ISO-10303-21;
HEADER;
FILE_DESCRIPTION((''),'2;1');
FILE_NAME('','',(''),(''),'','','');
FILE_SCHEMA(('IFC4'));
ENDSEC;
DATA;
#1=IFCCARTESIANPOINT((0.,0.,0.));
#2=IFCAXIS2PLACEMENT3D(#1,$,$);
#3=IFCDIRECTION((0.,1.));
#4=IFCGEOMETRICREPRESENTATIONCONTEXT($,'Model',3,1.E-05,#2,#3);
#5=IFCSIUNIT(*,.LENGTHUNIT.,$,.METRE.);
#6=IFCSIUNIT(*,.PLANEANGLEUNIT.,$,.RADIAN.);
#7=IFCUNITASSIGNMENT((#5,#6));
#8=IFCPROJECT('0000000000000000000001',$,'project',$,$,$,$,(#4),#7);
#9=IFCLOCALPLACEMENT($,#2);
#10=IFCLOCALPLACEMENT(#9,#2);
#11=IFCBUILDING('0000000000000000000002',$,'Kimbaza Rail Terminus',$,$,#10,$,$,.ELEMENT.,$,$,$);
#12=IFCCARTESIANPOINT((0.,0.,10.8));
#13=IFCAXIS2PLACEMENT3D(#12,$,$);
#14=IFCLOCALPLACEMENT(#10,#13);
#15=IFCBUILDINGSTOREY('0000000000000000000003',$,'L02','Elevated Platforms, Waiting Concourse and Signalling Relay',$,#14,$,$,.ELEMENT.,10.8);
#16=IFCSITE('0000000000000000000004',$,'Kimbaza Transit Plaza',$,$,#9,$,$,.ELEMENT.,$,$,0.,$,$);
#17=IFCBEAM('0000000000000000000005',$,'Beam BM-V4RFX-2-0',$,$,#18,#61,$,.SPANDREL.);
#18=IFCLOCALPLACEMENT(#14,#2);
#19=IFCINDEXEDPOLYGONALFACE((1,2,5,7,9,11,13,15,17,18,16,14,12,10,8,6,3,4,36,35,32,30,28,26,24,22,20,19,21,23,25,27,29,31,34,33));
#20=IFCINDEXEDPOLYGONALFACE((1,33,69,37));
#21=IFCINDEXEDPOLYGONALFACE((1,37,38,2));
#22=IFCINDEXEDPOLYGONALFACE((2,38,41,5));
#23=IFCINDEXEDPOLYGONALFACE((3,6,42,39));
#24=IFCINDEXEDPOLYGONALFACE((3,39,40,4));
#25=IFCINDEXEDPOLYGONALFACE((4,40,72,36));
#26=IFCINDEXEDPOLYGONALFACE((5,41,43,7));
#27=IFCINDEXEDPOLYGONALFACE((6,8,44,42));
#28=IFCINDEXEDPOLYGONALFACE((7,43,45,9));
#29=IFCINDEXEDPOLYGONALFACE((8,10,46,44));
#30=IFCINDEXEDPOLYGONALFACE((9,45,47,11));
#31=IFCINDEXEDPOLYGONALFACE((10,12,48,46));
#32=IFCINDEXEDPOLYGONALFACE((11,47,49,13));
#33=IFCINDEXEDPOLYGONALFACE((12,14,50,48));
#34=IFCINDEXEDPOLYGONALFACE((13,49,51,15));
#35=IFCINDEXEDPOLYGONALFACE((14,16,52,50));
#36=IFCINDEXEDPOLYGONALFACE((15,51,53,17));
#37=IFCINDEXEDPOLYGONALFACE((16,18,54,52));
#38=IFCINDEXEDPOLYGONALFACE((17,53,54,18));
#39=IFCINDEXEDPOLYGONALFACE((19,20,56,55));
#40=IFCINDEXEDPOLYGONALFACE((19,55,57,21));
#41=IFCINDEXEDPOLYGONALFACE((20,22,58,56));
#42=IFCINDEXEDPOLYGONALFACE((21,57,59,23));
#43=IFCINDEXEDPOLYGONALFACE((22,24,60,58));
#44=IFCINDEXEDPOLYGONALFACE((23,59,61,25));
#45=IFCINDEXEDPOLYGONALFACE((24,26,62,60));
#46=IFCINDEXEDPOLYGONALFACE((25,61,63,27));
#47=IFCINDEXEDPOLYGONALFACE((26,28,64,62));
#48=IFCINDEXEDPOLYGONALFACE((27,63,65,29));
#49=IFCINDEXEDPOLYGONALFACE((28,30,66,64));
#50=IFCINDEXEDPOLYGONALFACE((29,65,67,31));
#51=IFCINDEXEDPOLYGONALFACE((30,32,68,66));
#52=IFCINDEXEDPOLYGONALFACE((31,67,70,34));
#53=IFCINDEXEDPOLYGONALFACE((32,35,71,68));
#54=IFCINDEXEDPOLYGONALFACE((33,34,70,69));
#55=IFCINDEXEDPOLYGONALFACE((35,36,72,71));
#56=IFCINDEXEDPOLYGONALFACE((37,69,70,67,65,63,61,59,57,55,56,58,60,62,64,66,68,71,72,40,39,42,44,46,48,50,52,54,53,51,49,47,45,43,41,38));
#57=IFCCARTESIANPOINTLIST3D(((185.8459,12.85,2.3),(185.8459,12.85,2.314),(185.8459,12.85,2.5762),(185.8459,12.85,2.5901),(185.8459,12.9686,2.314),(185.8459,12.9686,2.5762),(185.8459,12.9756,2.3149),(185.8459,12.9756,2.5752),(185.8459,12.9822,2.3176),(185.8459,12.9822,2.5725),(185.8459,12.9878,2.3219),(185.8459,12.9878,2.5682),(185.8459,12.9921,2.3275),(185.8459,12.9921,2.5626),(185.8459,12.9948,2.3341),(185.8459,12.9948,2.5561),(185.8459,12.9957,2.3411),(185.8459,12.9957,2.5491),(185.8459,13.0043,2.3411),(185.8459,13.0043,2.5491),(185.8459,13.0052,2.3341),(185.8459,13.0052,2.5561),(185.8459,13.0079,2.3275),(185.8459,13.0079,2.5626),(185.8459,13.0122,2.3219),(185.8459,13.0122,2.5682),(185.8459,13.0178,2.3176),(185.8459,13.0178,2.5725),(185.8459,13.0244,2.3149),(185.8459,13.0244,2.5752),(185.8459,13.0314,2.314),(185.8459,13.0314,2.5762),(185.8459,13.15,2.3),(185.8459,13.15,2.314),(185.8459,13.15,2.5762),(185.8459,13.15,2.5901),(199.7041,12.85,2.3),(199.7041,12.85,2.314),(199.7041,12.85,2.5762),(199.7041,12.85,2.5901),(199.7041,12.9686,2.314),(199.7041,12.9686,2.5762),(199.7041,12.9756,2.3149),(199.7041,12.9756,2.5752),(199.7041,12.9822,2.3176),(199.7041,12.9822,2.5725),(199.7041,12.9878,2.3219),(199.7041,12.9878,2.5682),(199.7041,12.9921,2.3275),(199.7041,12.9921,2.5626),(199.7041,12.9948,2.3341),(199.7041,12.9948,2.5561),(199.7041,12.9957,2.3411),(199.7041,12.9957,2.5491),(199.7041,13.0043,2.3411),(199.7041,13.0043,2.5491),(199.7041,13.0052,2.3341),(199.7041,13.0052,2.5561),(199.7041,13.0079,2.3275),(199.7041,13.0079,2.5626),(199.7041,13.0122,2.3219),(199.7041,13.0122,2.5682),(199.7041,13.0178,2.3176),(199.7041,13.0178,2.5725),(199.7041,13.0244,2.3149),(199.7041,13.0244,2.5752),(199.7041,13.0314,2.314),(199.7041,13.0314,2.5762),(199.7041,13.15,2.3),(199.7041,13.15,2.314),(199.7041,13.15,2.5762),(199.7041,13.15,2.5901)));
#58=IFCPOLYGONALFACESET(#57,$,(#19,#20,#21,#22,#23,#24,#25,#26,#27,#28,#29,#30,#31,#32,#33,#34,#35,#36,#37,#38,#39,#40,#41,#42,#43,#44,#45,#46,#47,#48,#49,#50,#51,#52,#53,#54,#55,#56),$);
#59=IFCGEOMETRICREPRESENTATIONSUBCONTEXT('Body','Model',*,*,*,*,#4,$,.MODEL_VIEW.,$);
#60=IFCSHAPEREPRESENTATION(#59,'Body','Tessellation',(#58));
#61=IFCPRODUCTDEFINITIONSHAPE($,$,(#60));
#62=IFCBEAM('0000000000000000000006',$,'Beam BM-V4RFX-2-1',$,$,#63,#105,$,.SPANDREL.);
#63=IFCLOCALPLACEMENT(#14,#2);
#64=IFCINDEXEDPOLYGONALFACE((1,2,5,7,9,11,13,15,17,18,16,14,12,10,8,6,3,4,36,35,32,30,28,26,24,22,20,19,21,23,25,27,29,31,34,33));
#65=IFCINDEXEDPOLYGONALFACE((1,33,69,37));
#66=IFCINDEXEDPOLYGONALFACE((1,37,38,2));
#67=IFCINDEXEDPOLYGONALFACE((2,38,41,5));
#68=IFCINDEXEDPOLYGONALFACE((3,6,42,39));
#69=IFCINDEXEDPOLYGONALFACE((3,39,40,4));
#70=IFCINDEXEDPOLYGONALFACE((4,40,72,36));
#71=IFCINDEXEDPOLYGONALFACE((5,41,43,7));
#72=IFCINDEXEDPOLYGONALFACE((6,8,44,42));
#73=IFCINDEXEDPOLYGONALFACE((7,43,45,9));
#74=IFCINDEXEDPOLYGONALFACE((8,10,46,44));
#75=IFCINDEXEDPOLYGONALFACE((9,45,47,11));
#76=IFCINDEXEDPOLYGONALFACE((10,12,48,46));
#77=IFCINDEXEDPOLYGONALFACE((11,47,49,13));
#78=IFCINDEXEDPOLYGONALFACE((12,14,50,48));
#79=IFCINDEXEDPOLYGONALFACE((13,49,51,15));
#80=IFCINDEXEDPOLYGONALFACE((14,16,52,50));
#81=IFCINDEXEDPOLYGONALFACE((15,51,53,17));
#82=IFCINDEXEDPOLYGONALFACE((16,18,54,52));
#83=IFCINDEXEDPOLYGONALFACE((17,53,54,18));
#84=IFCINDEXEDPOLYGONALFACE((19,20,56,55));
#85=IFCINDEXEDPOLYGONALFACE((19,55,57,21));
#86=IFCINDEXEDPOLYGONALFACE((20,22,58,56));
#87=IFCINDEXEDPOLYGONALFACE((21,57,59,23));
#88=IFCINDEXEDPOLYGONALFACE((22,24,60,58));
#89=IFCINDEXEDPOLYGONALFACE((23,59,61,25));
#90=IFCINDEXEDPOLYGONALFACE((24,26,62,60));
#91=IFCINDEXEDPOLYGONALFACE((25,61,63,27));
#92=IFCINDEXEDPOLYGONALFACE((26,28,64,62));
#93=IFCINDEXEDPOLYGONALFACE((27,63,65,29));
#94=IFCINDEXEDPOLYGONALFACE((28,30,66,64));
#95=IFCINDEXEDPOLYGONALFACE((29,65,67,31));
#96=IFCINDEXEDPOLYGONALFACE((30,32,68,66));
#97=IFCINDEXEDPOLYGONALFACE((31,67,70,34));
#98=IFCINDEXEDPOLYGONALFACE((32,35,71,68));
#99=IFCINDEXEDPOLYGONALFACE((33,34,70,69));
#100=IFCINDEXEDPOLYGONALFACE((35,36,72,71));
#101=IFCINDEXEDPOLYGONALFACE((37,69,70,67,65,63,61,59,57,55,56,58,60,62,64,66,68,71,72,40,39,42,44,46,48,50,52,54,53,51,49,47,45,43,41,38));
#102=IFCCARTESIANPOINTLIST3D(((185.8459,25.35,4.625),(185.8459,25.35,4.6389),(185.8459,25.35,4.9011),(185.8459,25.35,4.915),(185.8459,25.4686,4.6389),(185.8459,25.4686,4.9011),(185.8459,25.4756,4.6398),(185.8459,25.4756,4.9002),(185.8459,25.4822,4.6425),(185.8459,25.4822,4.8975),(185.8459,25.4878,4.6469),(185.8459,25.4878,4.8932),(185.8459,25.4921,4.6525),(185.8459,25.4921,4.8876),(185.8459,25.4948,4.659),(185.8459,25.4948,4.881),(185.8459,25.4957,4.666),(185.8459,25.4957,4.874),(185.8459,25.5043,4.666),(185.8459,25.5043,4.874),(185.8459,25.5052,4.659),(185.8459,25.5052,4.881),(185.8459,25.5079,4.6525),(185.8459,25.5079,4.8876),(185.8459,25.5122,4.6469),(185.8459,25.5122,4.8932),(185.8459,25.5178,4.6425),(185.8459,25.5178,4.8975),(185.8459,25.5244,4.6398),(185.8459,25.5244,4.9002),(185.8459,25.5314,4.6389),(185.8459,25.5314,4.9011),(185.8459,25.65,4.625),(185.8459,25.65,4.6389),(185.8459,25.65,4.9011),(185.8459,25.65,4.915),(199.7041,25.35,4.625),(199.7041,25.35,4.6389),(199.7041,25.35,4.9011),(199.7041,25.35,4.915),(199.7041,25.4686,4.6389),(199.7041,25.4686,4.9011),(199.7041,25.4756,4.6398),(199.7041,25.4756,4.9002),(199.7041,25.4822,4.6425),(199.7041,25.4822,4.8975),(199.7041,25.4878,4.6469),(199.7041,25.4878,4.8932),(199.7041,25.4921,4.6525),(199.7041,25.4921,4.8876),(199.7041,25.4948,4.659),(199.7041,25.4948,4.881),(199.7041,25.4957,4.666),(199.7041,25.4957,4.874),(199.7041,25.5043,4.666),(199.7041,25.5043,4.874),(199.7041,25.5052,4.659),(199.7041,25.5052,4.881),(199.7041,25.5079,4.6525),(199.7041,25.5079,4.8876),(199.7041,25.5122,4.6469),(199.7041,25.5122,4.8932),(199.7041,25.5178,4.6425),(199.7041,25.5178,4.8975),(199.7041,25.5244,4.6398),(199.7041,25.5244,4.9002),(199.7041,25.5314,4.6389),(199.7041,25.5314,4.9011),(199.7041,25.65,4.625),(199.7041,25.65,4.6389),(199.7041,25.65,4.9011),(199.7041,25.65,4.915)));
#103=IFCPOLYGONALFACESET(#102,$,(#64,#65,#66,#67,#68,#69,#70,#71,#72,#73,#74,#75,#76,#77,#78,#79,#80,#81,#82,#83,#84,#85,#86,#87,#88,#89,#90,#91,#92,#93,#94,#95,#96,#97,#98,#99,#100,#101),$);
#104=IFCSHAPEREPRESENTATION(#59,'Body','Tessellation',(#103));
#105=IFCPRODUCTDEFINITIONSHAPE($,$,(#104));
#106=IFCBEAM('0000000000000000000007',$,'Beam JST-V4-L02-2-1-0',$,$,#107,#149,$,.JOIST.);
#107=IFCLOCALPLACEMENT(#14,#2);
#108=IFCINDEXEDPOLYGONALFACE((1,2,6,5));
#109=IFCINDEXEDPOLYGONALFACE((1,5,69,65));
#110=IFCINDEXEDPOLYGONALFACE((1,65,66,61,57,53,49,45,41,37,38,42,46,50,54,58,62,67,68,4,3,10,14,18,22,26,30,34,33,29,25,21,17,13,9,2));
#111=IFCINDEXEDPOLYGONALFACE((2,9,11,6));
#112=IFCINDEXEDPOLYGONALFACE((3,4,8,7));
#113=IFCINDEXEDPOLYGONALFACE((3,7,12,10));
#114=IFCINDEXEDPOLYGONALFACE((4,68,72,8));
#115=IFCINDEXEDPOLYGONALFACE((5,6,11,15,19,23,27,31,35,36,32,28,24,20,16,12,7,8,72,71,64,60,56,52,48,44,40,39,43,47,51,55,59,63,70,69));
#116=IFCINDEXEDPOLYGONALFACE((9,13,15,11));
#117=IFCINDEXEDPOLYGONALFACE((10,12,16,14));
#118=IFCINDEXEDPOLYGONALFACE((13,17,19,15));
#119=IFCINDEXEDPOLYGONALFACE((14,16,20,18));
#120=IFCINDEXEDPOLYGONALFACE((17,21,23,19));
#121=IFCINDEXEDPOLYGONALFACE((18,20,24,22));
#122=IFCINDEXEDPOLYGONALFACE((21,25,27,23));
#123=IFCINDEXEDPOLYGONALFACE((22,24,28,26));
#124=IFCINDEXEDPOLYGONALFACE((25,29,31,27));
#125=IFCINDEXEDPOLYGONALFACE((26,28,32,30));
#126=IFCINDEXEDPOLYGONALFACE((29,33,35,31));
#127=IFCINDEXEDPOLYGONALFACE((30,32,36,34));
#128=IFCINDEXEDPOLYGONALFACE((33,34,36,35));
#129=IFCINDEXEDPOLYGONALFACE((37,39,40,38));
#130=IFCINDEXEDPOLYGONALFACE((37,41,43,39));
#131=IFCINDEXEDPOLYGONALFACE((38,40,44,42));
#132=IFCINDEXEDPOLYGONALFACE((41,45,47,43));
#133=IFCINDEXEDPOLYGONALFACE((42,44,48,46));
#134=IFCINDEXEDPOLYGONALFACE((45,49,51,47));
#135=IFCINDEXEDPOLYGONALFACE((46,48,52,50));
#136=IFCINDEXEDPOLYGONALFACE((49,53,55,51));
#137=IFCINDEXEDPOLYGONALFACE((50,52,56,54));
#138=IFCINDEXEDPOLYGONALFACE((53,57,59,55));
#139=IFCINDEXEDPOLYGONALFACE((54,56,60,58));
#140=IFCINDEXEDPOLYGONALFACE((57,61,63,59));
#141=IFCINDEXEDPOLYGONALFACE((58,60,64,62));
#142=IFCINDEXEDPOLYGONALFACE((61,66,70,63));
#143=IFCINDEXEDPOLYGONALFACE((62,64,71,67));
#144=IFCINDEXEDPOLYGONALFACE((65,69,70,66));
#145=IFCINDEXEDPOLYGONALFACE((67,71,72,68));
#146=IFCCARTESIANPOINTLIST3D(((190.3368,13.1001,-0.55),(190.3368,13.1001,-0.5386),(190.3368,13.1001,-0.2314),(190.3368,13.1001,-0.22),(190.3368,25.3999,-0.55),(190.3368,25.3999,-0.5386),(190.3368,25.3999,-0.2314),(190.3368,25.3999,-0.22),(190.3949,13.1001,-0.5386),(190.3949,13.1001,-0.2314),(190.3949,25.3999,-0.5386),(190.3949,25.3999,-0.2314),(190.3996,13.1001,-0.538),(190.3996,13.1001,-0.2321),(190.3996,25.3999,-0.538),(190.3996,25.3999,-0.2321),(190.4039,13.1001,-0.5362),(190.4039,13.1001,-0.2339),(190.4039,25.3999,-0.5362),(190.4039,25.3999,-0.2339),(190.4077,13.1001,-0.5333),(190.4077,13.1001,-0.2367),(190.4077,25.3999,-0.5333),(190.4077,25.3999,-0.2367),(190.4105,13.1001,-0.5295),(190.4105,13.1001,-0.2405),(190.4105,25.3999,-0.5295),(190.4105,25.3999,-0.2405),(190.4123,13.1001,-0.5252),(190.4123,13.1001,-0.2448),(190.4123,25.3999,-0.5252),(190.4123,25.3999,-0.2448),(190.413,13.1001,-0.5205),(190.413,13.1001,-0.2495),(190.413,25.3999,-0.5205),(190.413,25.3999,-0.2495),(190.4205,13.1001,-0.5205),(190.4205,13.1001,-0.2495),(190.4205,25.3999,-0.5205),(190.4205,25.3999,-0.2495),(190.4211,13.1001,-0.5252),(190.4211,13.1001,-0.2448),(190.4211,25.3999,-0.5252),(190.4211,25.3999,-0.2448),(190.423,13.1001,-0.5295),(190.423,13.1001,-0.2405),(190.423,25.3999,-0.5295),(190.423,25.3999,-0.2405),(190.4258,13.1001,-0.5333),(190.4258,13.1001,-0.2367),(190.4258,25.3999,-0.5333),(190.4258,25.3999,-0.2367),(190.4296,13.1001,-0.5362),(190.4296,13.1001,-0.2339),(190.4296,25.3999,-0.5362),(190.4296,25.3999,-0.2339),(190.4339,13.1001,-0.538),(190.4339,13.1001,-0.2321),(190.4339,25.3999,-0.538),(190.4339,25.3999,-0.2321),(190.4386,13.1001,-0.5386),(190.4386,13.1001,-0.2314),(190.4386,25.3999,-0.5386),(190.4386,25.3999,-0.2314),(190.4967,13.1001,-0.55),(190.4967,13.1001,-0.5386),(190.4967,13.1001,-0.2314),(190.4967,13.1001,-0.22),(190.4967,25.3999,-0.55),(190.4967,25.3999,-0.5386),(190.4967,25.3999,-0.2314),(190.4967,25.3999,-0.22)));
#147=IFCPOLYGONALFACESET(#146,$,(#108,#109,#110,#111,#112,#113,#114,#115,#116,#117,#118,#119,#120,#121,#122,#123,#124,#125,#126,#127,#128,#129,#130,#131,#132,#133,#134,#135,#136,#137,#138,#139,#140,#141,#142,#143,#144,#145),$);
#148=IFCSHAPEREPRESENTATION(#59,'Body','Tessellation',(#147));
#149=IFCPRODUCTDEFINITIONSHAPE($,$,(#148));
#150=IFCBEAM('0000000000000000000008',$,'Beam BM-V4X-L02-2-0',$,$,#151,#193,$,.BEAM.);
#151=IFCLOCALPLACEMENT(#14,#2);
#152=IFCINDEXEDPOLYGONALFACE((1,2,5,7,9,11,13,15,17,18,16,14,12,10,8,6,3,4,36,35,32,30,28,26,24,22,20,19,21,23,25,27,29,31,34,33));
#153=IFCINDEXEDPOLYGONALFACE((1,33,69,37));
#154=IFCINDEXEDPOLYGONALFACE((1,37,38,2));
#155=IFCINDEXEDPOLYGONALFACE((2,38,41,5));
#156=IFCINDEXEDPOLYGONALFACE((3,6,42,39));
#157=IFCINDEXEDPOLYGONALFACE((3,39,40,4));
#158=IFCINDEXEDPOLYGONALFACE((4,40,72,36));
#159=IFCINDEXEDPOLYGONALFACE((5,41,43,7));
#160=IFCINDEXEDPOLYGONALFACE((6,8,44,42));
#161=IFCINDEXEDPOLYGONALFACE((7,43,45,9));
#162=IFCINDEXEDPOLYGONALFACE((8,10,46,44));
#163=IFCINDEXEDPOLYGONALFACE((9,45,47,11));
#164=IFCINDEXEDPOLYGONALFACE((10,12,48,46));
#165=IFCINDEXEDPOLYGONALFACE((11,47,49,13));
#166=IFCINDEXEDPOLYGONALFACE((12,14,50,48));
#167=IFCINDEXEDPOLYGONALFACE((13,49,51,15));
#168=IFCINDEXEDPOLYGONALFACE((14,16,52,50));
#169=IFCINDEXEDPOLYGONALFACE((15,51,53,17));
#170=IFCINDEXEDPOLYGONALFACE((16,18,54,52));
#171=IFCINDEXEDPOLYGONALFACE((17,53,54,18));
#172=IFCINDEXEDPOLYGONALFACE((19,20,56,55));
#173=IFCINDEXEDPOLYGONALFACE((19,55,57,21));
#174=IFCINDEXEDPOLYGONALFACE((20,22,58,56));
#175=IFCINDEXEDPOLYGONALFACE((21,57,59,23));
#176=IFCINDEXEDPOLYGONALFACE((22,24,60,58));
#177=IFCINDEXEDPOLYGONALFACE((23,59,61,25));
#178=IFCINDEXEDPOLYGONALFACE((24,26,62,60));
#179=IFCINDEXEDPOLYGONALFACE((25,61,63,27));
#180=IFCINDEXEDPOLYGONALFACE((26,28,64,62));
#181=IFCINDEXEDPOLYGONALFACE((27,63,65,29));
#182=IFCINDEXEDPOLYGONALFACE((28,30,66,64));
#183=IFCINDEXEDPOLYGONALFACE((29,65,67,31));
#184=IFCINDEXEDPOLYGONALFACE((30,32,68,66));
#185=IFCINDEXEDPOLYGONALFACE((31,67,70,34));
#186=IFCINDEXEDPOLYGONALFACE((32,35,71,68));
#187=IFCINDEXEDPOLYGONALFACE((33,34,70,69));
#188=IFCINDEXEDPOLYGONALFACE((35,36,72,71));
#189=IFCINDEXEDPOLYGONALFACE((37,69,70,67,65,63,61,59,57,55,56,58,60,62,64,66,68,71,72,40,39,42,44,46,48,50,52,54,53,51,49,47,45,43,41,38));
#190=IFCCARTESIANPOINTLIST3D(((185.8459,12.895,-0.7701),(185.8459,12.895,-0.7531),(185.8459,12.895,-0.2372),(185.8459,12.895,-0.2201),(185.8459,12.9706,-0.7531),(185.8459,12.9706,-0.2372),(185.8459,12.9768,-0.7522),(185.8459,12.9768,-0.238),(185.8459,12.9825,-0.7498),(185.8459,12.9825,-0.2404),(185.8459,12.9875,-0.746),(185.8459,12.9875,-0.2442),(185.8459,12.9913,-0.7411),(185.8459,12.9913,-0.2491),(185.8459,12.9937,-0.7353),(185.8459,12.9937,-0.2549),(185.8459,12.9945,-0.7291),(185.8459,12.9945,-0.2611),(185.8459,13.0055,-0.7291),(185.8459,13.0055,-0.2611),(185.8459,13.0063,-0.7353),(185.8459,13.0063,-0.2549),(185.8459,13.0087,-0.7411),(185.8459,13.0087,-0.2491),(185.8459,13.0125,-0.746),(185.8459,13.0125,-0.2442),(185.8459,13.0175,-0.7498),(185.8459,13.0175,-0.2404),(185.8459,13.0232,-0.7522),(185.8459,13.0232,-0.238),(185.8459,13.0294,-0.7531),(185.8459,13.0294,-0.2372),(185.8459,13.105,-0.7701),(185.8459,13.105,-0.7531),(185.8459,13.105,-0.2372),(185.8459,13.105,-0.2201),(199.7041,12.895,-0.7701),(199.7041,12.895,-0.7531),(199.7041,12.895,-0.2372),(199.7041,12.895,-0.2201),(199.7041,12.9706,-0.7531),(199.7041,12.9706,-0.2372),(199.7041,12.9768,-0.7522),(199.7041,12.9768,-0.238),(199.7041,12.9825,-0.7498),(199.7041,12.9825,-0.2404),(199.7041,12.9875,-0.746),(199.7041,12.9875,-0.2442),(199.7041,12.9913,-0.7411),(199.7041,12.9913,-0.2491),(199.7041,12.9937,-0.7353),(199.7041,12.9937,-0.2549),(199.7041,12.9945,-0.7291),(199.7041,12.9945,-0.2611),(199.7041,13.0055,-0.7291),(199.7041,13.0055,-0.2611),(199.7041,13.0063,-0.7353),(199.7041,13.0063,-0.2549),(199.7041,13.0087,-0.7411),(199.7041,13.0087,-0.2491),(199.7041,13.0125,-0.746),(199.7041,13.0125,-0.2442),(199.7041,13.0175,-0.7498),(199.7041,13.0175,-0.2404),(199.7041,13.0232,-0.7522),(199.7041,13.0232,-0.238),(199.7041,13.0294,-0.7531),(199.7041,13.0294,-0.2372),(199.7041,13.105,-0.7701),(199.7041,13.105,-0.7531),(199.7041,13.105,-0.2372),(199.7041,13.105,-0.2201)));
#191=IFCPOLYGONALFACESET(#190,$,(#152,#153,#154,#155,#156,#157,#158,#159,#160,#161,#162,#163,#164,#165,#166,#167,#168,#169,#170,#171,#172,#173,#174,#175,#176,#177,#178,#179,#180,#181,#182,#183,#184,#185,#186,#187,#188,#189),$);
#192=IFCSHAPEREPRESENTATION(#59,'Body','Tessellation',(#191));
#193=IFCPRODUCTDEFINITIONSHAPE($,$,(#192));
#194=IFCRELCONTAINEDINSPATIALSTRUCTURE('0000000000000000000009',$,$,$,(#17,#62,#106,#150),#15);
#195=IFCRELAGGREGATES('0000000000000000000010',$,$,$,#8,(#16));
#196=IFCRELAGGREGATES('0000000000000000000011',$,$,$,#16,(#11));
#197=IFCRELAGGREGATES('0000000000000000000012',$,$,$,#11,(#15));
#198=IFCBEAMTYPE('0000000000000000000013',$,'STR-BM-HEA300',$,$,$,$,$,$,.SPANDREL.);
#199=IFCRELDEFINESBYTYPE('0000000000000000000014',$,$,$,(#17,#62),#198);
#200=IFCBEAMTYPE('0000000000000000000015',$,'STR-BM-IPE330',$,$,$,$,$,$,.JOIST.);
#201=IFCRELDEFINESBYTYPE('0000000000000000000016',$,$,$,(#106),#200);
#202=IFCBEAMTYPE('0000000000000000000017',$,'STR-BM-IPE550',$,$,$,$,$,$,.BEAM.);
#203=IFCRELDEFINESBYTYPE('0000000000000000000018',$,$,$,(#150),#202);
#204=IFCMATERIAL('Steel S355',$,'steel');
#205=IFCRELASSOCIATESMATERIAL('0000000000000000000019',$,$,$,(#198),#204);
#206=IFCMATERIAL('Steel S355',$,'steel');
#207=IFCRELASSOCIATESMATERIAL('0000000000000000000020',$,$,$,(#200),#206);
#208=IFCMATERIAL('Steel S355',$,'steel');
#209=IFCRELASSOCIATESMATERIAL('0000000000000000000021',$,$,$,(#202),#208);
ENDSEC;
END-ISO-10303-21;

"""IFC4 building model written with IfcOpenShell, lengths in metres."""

from ifc_helpers import new_model, si_unit, direction, frame, origin, origin_2d, place, context, subcontext, project, spatial, i_section, extrude, material, material_profile, profile_set, type_object, element, save


model = new_model("IFC4")

# Units and contexts
model_context = context("Model", 3, precision=1e-05, world=origin(), true_north=direction((0.0, 1.0)))
body_context = subcontext(model_context, "Body", "Model", "MODEL_VIEW")
ifc_project = project(units=[si_unit("LENGTHUNIT", "METRE"), si_unit("PLANEANGLEUNIT", "RADIAN")], contexts=[model_context])

# Site, building, storey
site_placement = place(None, origin())
site = spatial("IfcSite", under=ifc_project, at=site_placement, Name="Kimbaza Transit Plaza", CompositionType="ELEMENT", RefElevation=0.0)
building_placement = place(site_placement, origin())
building = spatial("IfcBuilding", under=site, at=building_placement, Name="Kimbaza Rail Terminus", CompositionType="ELEMENT")
storey_placement = place(building_placement, frame((0.0, 0.0, 10.8)))
storey = spatial("IfcBuildingStorey", under=building, at=storey_placement, Name="L02", Description="Elevated Platforms, Waiting Concourse and Signalling Relay", CompositionType="ELEMENT", Elevation=10.8)

# Beams
ifc_material_1 = material(Name="Steel S355", Category="steel")
ifc_material_profile_1 = material_profile(ifc_material_1, i_section(OverallWidth=0.3, OverallDepth=0.29, WebThickness=0.0085, FlangeThickness=0.0139, FilletRadius=0.0271, at=origin_2d()), Name="HEA 300")
ifc_profile_set_1 = profile_set([ifc_material_profile_1], Name="Steel S355")
beam_type_1 = type_object("IfcBeamType", Name="STR-BM-HEA300", PredefinedType="SPANDREL", material=ifc_profile_set_1)
for number, where, z_axis, x_axis, name in (
    (1, (185.8459, 13.0, 2.4451), (1.0, 0.0, 0.0), (0.0, 1.0, 0.0), "Beam BM-V4RFX-2-0"),
    (2, (185.8459, 25.5, 4.77), (1.0, 0.0, 0.0), (0.0, 1.0, 0.0), "Beam BM-V4RFX-2-1"),
):
    element("IfcBeam", number, at=place(storey_placement, frame(where, z_axis=z_axis, x_axis=x_axis)), inside=storey, type_object=beam_type_1, Name=name, PredefinedType="SPANDREL", context=body_context, shape_type="SweptSolid", body=[
        extrude(i_section(OverallWidth=0.3, OverallDepth=0.29, WebThickness=0.0085, FlangeThickness=0.0139, FilletRadius=0.0271, at=origin_2d()), origin(), (0.0, 0.0, 1.0), 13.8582),
    ])
ifc_material_2 = material(Name="Steel S355", Category="steel")
ifc_material_profile_2 = material_profile(ifc_material_2, i_section(OverallWidth=0.1599, OverallDepth=0.3301, WebThickness=0.0076, FlangeThickness=0.0115, FilletRadius=0.0181, at=origin_2d()), Name="IPE 330")
ifc_profile_set_2 = profile_set([ifc_material_profile_2], Name="Steel S355")
beam_type_2 = type_object("IfcBeamType", Name="STR-BM-IPE330", PredefinedType="JOIST", material=ifc_profile_set_2)
beam_placement = place(storey_placement, frame((190.4167, 13.1001, -0.385), z_axis=(0.0, 1.0, 0.0), x_axis=(-1.0, 0.0, 0.0)))
element("IfcBeam", 3, at=beam_placement, inside=storey, type_object=beam_type_2, Name="Beam JST-V4-L02-2-1-0", PredefinedType="JOIST", context=body_context, shape_type="SweptSolid", body=[
    extrude(i_section(OverallWidth=0.1599, OverallDepth=0.3301, WebThickness=0.0076, FlangeThickness=0.0115, FilletRadius=0.0181, at=origin_2d()), origin(), (0.0, 0.0, 1.0), 12.2998),
])
ifc_material_3 = material(Name="Steel S355", Category="steel")
ifc_material_profile_3 = material_profile(ifc_material_3, i_section(OverallWidth=0.21, OverallDepth=0.55, WebThickness=0.011, FlangeThickness=0.0171, FilletRadius=0.0239, at=origin_2d()), Name="IPE 550")
ifc_profile_set_3 = profile_set([ifc_material_profile_3], Name="Steel S355")
beam_type_3 = type_object("IfcBeamType", Name="STR-BM-IPE550", PredefinedType="BEAM", material=ifc_profile_set_3)
for number, where, z_axis, x_axis, name in (
    (4, (185.8459, 13.0, -0.4951), (1.0, 0.0, 0.0), (0.0, 1.0, 0.0), "Beam BM-V4X-L02-2-0"),
):
    element("IfcBeam", number, at=place(storey_placement, frame(where, z_axis=z_axis, x_axis=x_axis)), inside=storey, type_object=beam_type_3, Name=name, PredefinedType="BEAM", context=body_context, shape_type="SweptSolid", body=[
        extrude(i_section(OverallWidth=0.21, OverallDepth=0.55, WebThickness=0.011, FlangeThickness=0.0171, FilletRadius=0.0239, at=origin_2d()), origin(), (0.0, 0.0, 1.0), 13.8582),
    ])

save(model, "model.ifc")
